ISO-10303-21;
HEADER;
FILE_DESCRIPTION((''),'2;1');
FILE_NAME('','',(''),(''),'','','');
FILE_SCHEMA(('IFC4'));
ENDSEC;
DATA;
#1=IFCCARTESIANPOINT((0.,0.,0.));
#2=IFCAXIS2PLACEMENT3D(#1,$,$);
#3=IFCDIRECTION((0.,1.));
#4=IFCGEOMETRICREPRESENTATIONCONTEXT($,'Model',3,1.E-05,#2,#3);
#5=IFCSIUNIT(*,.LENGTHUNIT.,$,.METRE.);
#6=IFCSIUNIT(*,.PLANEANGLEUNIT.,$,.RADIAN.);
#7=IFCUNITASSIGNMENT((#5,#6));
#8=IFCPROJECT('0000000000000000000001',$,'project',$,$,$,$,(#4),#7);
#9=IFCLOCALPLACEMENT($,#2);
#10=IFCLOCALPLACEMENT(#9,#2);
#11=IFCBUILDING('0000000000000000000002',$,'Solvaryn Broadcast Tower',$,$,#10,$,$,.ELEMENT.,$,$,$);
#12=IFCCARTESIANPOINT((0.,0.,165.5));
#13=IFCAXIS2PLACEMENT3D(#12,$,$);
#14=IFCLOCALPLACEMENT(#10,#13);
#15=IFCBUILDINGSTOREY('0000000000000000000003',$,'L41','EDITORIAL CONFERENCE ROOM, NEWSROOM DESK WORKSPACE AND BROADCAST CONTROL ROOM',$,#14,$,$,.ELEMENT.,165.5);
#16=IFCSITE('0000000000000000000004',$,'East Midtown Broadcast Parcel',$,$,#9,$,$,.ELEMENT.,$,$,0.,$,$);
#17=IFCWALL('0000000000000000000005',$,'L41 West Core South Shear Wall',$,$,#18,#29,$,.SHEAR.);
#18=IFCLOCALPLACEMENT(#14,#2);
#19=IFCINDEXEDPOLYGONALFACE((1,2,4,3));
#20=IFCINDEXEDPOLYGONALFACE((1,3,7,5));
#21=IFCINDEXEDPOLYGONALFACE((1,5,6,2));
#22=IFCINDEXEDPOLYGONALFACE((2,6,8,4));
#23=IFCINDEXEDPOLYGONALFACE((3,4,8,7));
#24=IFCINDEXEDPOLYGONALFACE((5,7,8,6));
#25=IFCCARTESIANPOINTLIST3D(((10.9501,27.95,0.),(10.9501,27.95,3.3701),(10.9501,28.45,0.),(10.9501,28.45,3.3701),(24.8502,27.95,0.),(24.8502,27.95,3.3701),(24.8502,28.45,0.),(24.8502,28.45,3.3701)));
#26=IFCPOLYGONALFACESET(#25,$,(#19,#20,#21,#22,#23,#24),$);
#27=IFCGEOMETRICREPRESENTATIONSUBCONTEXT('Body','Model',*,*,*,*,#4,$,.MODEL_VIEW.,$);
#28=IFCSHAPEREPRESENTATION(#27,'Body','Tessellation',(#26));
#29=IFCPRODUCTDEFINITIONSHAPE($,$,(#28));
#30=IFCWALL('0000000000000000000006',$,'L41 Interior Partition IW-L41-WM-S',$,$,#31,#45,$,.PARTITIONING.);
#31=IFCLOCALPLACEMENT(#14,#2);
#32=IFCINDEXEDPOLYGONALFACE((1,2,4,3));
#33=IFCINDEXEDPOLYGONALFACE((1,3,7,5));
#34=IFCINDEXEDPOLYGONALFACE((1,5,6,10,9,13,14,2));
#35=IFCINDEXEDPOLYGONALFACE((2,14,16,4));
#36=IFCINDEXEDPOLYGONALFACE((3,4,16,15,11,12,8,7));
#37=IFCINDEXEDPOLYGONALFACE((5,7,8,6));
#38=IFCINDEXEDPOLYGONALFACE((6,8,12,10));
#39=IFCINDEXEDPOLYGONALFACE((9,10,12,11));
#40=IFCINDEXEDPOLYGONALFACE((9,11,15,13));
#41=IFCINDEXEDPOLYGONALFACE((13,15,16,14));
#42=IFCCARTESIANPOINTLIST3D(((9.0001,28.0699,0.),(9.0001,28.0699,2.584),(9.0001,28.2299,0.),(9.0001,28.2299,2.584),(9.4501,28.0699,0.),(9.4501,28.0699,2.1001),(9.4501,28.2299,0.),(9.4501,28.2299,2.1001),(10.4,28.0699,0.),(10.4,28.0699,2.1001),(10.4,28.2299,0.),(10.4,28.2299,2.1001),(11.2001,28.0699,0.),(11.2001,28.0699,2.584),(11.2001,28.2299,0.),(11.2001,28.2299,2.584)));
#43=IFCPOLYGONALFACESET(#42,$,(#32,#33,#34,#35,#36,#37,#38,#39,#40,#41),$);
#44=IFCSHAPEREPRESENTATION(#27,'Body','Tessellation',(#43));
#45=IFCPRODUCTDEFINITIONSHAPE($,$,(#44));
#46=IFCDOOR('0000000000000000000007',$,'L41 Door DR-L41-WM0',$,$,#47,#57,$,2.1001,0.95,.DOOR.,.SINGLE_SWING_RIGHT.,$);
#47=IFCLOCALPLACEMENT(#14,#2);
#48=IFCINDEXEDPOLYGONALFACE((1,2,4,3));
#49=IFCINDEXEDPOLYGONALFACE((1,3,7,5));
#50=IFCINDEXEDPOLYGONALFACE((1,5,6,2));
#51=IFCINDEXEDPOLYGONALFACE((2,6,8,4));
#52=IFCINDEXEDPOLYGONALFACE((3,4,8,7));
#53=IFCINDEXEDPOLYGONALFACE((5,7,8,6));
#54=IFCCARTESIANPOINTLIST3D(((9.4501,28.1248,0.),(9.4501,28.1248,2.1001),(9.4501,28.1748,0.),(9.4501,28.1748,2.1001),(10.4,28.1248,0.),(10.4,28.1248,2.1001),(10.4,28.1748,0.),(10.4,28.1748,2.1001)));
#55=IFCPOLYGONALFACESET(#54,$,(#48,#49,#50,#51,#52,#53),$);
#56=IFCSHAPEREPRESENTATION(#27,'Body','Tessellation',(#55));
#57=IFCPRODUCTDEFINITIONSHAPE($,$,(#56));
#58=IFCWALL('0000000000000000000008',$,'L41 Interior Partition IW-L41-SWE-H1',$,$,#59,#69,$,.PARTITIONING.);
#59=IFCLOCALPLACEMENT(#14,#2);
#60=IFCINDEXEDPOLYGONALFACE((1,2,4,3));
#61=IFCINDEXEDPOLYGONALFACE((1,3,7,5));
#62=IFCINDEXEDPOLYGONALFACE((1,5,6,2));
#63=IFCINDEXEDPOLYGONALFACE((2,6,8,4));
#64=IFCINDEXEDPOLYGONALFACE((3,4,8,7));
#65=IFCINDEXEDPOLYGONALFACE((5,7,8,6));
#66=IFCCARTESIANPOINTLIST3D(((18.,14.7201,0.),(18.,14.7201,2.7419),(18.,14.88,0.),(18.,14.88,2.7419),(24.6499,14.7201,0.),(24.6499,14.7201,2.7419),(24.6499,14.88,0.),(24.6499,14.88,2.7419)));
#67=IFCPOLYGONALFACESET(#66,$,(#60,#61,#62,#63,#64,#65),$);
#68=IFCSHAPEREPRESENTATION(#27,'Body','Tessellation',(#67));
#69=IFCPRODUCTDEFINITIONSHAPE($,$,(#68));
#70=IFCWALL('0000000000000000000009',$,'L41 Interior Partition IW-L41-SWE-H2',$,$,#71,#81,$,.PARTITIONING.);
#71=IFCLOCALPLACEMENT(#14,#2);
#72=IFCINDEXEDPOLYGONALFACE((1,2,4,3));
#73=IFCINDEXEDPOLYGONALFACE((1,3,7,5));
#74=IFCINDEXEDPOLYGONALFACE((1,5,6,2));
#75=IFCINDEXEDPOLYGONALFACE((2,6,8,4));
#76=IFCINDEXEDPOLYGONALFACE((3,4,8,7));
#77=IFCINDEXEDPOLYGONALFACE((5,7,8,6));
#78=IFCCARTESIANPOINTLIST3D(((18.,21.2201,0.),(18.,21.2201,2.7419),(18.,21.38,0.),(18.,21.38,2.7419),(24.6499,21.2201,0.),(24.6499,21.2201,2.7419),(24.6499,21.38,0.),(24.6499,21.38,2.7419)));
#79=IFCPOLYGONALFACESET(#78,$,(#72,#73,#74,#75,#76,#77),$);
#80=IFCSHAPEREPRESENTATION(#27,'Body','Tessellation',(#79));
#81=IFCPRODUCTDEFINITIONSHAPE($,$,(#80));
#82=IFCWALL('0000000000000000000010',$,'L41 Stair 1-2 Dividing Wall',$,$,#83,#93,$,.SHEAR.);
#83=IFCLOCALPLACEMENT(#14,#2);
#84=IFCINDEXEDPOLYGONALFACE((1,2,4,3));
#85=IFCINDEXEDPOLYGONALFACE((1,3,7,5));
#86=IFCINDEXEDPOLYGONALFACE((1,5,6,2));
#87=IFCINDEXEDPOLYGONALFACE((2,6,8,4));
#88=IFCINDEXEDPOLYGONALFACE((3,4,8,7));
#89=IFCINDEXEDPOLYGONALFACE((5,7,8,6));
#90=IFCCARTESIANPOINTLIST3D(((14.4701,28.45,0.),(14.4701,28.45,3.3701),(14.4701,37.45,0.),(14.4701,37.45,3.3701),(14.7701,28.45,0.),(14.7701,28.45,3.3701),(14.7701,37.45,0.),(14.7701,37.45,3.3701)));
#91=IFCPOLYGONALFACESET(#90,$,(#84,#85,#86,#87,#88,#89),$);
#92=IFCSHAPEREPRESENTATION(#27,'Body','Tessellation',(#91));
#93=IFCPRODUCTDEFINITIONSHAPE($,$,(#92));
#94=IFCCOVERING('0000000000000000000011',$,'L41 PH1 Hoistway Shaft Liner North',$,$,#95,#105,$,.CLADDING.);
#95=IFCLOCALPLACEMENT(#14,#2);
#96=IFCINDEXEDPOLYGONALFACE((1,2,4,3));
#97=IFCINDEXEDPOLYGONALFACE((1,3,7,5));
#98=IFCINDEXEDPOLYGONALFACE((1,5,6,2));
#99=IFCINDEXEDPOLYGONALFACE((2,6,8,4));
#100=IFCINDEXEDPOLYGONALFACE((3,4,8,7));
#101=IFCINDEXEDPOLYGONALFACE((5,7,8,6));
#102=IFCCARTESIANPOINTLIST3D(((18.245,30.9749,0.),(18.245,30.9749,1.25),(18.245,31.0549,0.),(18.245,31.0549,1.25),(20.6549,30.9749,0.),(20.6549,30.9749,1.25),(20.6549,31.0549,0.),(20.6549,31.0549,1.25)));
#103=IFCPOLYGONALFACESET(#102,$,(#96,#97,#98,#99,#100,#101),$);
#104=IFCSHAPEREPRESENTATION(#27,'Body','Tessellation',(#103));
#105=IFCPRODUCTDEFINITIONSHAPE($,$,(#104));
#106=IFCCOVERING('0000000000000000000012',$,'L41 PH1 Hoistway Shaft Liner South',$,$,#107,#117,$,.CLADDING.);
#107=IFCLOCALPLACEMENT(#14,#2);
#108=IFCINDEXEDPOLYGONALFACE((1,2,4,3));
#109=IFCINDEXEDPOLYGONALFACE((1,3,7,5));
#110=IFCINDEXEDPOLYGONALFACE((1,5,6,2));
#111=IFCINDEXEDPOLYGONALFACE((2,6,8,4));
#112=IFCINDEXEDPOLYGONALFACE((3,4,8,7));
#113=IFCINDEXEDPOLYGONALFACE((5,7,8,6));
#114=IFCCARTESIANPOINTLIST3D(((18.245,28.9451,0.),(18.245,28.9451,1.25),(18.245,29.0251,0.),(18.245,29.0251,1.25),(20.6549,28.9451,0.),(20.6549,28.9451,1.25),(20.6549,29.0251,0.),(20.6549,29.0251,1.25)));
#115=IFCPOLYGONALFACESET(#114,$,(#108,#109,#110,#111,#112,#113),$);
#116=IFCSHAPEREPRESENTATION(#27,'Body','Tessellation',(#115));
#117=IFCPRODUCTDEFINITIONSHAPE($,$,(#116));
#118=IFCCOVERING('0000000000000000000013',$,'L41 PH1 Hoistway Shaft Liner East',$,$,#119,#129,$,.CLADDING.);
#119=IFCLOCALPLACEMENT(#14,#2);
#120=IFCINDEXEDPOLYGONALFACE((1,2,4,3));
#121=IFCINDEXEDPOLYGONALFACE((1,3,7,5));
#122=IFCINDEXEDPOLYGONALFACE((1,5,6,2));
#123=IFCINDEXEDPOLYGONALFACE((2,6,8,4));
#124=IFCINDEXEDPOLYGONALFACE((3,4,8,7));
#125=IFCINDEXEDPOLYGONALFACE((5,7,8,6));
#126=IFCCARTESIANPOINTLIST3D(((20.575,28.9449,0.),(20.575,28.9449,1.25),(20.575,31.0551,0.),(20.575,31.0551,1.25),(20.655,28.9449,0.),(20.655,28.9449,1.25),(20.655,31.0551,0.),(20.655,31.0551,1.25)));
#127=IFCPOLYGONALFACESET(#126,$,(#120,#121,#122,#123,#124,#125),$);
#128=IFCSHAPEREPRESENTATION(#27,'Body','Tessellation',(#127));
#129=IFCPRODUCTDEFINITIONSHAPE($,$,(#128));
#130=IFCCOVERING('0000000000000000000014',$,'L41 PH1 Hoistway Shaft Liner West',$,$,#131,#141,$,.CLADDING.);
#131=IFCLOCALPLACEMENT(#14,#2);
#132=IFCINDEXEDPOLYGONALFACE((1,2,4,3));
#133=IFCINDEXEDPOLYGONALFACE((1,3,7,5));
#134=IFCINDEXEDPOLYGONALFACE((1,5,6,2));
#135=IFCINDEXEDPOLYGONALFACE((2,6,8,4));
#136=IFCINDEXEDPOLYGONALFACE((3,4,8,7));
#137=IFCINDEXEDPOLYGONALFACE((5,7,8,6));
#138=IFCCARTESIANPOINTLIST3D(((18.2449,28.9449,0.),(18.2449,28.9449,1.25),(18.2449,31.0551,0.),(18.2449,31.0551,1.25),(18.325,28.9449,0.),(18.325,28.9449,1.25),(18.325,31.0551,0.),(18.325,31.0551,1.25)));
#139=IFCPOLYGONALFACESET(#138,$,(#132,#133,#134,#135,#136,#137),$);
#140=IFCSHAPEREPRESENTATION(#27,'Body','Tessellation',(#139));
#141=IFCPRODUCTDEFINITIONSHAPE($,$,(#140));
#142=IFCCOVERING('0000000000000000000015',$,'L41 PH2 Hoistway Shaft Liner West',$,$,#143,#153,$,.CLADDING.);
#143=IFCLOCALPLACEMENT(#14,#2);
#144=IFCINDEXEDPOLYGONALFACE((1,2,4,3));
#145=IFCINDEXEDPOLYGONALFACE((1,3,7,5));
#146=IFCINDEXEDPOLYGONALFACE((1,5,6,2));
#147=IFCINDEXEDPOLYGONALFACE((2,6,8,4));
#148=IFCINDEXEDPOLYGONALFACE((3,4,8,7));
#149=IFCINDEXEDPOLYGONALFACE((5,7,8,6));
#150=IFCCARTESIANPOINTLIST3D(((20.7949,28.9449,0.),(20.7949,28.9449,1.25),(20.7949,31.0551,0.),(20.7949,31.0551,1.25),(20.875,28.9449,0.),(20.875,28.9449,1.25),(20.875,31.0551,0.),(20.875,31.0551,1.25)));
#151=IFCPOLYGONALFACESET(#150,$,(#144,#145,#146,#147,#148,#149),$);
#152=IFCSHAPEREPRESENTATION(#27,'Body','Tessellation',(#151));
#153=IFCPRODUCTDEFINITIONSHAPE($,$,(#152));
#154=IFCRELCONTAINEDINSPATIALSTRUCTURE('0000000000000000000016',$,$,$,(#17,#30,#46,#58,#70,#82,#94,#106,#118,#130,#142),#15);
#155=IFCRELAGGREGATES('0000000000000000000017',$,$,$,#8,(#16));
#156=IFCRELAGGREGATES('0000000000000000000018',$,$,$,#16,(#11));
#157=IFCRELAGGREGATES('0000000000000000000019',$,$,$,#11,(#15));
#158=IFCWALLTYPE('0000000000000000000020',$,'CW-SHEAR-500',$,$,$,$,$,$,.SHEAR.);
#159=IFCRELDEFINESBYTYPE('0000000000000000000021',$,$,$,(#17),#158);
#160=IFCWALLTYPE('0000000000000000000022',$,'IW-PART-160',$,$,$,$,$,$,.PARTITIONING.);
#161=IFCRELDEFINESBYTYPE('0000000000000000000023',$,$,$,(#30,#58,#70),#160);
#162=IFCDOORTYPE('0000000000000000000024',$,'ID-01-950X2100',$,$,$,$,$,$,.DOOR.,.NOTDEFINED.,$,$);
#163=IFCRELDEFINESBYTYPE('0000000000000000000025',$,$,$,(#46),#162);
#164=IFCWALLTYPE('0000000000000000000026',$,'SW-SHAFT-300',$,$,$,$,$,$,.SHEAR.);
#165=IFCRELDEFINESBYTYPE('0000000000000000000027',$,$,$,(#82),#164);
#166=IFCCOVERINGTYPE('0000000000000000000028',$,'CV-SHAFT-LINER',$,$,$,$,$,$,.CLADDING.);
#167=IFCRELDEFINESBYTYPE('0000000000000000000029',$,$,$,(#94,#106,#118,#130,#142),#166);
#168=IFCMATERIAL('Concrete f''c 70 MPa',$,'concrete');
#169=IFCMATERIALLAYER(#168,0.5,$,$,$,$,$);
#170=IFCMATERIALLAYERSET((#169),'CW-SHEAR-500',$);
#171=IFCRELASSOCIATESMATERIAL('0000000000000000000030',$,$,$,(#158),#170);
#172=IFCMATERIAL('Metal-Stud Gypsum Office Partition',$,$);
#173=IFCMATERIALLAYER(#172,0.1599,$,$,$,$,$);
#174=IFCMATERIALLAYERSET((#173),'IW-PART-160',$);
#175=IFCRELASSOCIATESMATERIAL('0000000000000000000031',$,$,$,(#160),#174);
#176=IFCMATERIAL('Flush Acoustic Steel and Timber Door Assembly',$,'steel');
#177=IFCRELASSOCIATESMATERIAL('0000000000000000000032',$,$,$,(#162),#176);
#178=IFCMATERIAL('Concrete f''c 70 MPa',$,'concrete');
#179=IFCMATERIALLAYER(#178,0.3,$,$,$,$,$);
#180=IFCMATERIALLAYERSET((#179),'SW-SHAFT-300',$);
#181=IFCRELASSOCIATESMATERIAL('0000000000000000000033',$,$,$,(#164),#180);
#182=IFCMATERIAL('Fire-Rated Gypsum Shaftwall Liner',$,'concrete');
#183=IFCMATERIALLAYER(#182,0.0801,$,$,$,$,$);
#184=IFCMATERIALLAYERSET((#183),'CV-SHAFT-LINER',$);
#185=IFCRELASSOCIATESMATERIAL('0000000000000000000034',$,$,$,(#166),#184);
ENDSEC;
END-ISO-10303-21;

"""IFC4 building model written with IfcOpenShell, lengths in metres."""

from ifc_helpers import new_model, si_unit, direction, frame, frame_2d, origin, origin_2d, place, context, subcontext, project, spatial, rectangle, extrude, material, layer, layer_set, type_object, element, fill, save


model = new_model("IFC4")

# Units and contexts
model_context = context("Model", 3, precision=1e-05, world=origin(), true_north=direction((0.0, 1.0)))
body_context = subcontext(model_context, "Body", "Model", "MODEL_VIEW")
ifc_project = project(units=[si_unit("LENGTHUNIT", "METRE"), si_unit("PLANEANGLEUNIT", "RADIAN")], contexts=[model_context])

# Site, building, storey
site_placement = place(None, origin())
site = spatial("IfcSite", under=ifc_project, at=site_placement, Name="East Midtown Broadcast Parcel", CompositionType="ELEMENT", RefElevation=0.0)
building_placement = place(site_placement, origin())
building = spatial("IfcBuilding", under=site, at=building_placement, Name="Solvaryn Broadcast Tower", CompositionType="ELEMENT")
storey_placement = place(building_placement, frame((0.0, 0.0, 165.5)))
storey = spatial("IfcBuildingStorey", under=building, at=storey_placement, Name="L41", Description="EDITORIAL CONFERENCE ROOM, NEWSROOM DESK WORKSPACE AND BROADCAST CONTROL ROOM", CompositionType="ELEMENT", Elevation=165.5)

# Wall
ifc_material_1 = material(Name="Concrete f'c 70 MPa", Category="concrete")
ifc_layer_1 = layer(ifc_material_1, 0.5)
ifc_layer_set_1 = layer_set([ifc_layer_1], Name="CW-SHEAR-500")
wall_type_1 = type_object("IfcWallType", Name="CW-SHEAR-500", PredefinedType="SHEAR", material=ifc_layer_set_1)
wall_1_placement = place(storey_placement, frame((10.95, 28.2, 0.0), z_axis=(0.0, 0.0, 1.0), x_axis=(1.0, 0.0, 0.0)))
element("IfcWall", 1, at=wall_1_placement, inside=storey, type_object=wall_type_1, Name="L41 West Core South Shear Wall", PredefinedType="SHEAR", context=body_context, shape_type="SweptSolid", body=[
    extrude(rectangle(XDim=13.9001, YDim=0.5, at=frame_2d((6.9502, 0.0))), origin(), (0.0, 0.0, 1.0), 3.3701),
])

# Wall, opening, door
ifc_material_2 = material(Name="Metal-Stud Gypsum Office Partition")
ifc_layer_2 = layer(ifc_material_2, 0.1599)
ifc_layer_set_2 = layer_set([ifc_layer_2], Name="IW-PART-160")
wall_type_2 = type_object("IfcWallType", Name="IW-PART-160", PredefinedType="PARTITIONING", material=ifc_layer_set_2)
wall_2_placement = place(storey_placement, frame((9.0, 28.1499, 0.0), z_axis=(0.0, 0.0, 1.0), x_axis=(1.0, 0.0, 0.0)))
wall_2 = element("IfcWall", 2, at=wall_2_placement, inside=storey, type_object=wall_type_2, Name="L41 Interior Partition IW-L41-WM-S", PredefinedType="PARTITIONING", context=body_context, shape_type="SweptSolid", body=[
    extrude(rectangle(XDim=2.2, YDim=0.1599, at=frame_2d((1.1001, 0.0))), origin(), (0.0, 0.0, 1.0), 2.584),
])
opening_placement = place(wall_2_placement, frame((0.45, 0.0, 0.0)))
opening = element("IfcOpeningElement", 3, at=opening_placement, cuts=wall_2, PredefinedType="OPENING", context=body_context, shape_type="SweptSolid", body=[
    extrude(rectangle(XDim=0.95, YDim=2.1001, at=frame_2d((0.4751, 1.05))), frame((0.0, 0.0901, 0.0), z_axis=(0.0, -1.0, 0.0), x_axis=(1.0, 0.0, 0.0)), (0.0, 0.0, 1.0), 0.1799),
])
ifc_material_3 = material(Name="Flush Acoustic Steel and Timber Door Assembly", Category="steel")
door_type = type_object("IfcDoorType", Name="ID-01-950X2100", OperationType="NOTDEFINED", PredefinedType="DOOR", material=ifc_material_3)
door_placement = place(opening_placement, origin())
door = element("IfcDoor", 4, at=door_placement, inside=storey, type_object=door_type, Name="L41 Door DR-L41-WM0", OperationType="SINGLE_SWING_RIGHT", OverallHeight=2.1001, OverallWidth=0.95, PredefinedType="DOOR", context=body_context, shape_type="SweptSolid", body=[
    extrude(rectangle(XDim=0.95, YDim=2.1001, at=frame_2d((0.4751, 1.05))), frame((0.0, 0.0249, 0.0), z_axis=(0.0, -1.0, 0.0), x_axis=(1.0, 0.0, 0.0)), (0.0, 0.0, 1.0), 0.05),
])
fill(opening, door)

# Walls
for number, where, z_axis, x_axis, name in (
    (5, (18.0, 14.8, 0.0), (0.0, 0.0, 1.0), (1.0, 0.0, 0.0), "L41 Interior Partition IW-L41-SWE-H1"),
    (6, (18.0, 21.3, 0.0), (0.0, 0.0, 1.0), (1.0, 0.0, 0.0), "L41 Interior Partition IW-L41-SWE-H2"),
):
    element("IfcWall", number, at=place(storey_placement, frame(where, z_axis=z_axis, x_axis=x_axis)), inside=storey, type_object=wall_type_2, Name=name, PredefinedType="PARTITIONING", context=body_context, shape_type="SweptSolid", body=[
        extrude(rectangle(XDim=6.6499, YDim=0.1599, at=frame_2d((3.325, 0.0))), origin(), (0.0, 0.0, 1.0), 2.7419),
    ])
ifc_material_4 = material(Name="Concrete f'c 70 MPa", Category="concrete")
ifc_layer_3 = layer(ifc_material_4, 0.3)
ifc_layer_set_3 = layer_set([ifc_layer_3], Name="SW-SHAFT-300")
wall_type_3 = type_object("IfcWallType", Name="SW-SHAFT-300", PredefinedType="SHEAR", material=ifc_layer_set_3)
wall_3_placement = place(storey_placement, frame((14.6201, 28.45, 0.0), z_axis=(0.0, 0.0, 1.0), x_axis=(0.0, 1.0, 0.0)))
element("IfcWall", 7, at=wall_3_placement, inside=storey, type_object=wall_type_3, Name="L41 Stair 1-2 Dividing Wall", PredefinedType="SHEAR", context=body_context, shape_type="SweptSolid", body=[
    extrude(rectangle(XDim=9.0, YDim=0.3, at=frame_2d((4.5, 0.0))), origin(), (0.0, 0.0, 1.0), 3.3701),
])

# Coverings
ifc_material_5 = material(Name="Fire-Rated Gypsum Shaftwall Liner", Category="concrete")
ifc_layer_4 = layer(ifc_material_5, 0.0801)
ifc_layer_set_4 = layer_set([ifc_layer_4], Name="CV-SHAFT-LINER")
covering_type = type_object("IfcCoveringType", Name="CV-SHAFT-LINER", PredefinedType="CLADDING", material=ifc_layer_set_4)
for number, where, z_axis, x_axis, name in (
    (8, (19.45, 31.0149, 0.0), (0.0, 0.0, 1.0), (1.0, 0.0, 0.0), "L41 PH1 Hoistway Shaft Liner North"),
    (9, (19.45, 28.9851, 0.0), (0.0, 0.0, 1.0), (1.0, 0.0, 0.0), "L41 PH1 Hoistway Shaft Liner South"),
):
    element("IfcCovering", number, at=place(storey_placement, frame(where, z_axis=z_axis, x_axis=x_axis)), inside=storey, type_object=covering_type, Name=name, PredefinedType="CLADDING", context=body_context, shape_type="SweptSolid", body=[
        extrude(rectangle(XDim=2.4099, YDim=0.0801, at=origin_2d()), origin(), (0.0, 0.0, 1.0), 1.25),
    ])
for number, where, z_axis, x_axis, name in (
    (10, (20.615, 30.0, 0.0), (0.0, 0.0, 1.0), (1.0, 0.0, 0.0), "L41 PH1 Hoistway Shaft Liner East"),
    (11, (18.2849, 30.0, 0.0), (0.0, 0.0, 1.0), (1.0, 0.0, 0.0), "L41 PH1 Hoistway Shaft Liner West"),
    (12, (20.835, 30.0, 0.0), (0.0, 0.0, 1.0), (1.0, 0.0, 0.0), "L41 PH2 Hoistway Shaft Liner West"),
):
    element("IfcCovering", number, at=place(storey_placement, frame(where, z_axis=z_axis, x_axis=x_axis)), inside=storey, type_object=covering_type, Name=name, PredefinedType="CLADDING", context=body_context, shape_type="SweptSolid", body=[
        extrude(rectangle(XDim=0.0801, YDim=2.1101, at=origin_2d()), origin(), (0.0, 0.0, 1.0), 1.25),
    ])

save(model, "model.ifc")
